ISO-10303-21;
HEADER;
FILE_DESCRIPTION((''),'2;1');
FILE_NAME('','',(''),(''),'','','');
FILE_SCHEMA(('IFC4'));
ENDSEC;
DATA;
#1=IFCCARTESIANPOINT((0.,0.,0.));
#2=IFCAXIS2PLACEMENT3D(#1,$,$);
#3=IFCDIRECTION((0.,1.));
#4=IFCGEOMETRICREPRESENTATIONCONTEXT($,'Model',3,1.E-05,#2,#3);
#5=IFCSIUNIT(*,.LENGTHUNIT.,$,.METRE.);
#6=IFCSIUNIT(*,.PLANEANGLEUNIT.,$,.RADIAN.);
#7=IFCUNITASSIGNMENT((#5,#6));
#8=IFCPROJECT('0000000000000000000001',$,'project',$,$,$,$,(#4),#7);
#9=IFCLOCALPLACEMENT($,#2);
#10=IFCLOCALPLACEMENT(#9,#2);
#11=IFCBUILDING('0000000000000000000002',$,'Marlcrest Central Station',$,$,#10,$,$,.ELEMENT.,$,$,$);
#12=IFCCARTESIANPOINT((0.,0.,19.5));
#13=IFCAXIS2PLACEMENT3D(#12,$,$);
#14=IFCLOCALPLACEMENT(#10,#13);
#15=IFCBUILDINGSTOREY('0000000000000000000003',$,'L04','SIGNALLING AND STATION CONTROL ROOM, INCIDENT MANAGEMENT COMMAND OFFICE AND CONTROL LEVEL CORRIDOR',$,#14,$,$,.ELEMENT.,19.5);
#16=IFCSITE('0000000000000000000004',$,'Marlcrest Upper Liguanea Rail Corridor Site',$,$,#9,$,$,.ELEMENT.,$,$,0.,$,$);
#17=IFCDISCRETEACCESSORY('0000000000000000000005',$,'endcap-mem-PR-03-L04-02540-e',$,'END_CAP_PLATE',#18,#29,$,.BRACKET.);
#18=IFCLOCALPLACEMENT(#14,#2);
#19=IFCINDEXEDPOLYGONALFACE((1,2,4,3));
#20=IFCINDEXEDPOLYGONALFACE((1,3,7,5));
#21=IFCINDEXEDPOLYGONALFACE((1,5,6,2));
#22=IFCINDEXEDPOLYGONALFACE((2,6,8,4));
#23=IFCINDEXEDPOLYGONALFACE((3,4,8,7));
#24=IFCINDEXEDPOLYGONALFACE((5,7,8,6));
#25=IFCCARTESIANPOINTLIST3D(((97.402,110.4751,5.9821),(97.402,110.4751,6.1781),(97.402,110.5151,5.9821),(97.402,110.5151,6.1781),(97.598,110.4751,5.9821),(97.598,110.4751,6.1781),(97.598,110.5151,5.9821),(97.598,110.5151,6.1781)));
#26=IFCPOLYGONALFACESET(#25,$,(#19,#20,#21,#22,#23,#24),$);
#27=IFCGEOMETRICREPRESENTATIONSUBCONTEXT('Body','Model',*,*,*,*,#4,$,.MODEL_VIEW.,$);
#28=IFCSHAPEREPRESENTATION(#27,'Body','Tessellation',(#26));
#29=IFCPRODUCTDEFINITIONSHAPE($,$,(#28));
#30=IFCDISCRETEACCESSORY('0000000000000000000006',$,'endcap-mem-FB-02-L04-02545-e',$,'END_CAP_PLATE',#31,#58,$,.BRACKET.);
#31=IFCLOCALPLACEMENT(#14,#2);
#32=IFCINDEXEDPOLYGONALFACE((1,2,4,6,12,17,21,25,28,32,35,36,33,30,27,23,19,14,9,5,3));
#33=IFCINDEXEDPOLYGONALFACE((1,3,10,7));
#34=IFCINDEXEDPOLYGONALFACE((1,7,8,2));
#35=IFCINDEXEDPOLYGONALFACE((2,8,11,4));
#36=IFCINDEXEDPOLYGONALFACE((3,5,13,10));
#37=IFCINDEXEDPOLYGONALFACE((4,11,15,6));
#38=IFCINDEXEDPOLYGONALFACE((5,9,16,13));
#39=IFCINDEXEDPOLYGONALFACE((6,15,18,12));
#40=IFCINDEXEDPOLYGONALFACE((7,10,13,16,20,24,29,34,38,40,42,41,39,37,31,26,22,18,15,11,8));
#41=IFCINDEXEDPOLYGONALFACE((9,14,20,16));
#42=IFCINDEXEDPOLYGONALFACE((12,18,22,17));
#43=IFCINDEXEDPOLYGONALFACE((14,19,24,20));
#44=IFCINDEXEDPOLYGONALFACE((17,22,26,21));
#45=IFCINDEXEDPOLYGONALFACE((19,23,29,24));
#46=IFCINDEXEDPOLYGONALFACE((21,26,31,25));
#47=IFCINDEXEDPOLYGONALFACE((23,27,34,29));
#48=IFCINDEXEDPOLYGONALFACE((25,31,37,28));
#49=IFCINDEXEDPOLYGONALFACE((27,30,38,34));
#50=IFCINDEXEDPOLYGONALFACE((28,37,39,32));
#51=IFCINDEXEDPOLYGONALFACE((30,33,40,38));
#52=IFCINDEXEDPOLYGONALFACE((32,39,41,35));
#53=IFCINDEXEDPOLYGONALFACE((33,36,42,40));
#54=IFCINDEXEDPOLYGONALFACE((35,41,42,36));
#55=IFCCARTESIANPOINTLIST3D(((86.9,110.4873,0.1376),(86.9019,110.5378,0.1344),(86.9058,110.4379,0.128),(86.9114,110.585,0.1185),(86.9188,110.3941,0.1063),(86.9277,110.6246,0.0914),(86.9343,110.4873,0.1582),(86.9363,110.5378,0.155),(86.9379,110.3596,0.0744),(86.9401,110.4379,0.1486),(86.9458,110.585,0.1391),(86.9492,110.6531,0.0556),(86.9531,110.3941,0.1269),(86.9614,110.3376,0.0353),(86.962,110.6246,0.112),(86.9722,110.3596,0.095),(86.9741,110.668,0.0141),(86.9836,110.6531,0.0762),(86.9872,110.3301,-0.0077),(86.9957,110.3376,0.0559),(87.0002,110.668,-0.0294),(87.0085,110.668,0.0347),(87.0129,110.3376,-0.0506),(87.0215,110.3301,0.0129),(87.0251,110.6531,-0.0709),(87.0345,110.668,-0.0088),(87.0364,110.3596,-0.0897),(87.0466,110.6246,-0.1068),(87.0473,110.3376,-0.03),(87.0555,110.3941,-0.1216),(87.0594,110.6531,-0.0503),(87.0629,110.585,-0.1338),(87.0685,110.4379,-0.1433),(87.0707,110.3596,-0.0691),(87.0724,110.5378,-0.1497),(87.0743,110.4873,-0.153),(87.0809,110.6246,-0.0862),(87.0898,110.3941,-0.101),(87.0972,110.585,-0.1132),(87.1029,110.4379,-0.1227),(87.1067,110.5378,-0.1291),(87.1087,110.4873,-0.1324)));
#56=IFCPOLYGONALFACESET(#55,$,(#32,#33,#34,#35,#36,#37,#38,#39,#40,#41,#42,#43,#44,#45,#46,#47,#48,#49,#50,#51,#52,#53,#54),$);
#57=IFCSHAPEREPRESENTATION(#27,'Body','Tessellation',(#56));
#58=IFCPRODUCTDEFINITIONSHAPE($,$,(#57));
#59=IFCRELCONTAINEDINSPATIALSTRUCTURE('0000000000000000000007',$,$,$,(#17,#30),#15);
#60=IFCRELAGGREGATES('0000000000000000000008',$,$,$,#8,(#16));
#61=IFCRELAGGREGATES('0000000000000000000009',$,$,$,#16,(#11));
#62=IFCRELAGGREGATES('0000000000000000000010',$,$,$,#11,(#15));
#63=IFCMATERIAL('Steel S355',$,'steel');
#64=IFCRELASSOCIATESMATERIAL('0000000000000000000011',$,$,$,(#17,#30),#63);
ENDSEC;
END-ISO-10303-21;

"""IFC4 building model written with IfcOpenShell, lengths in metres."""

from ifc_helpers import new_model, si_unit, direction, frame, origin, origin_2d, place, context, subcontext, project, spatial, rectangle, circle, extrude, material, element, save


model = new_model("IFC4")

# Units and contexts
model_context = context("Model", 3, precision=1e-05, world=origin(), true_north=direction((0.0, 1.0)))
body_context = subcontext(model_context, "Body", "Model", "MODEL_VIEW")
ifc_project = project(units=[si_unit("LENGTHUNIT", "METRE"), si_unit("PLANEANGLEUNIT", "RADIAN")], contexts=[model_context])

# Site, building, storey
site_placement = place(None, origin())
site = spatial("IfcSite", under=ifc_project, at=site_placement, Name="Marlcrest Upper Liguanea Rail Corridor Site", CompositionType="ELEMENT", RefElevation=0.0)
building_placement = place(site_placement, origin())
building = spatial("IfcBuilding", under=site, at=building_placement, Name="Marlcrest Central Station", CompositionType="ELEMENT")
storey_placement = place(building_placement, frame((0.0, 0.0, 19.5)))
storey = spatial("IfcBuildingStorey", under=building, at=storey_placement, Name="L04", Description="SIGNALLING AND STATION CONTROL ROOM, INCIDENT MANAGEMENT COMMAND OFFICE AND CONTROL LEVEL CORRIDOR", CompositionType="ELEMENT", Elevation=19.5)

# Discrete accessories
ifc_material_1 = material(Name="Steel S355", Category="steel")
discrete_accessory_1_placement = place(storey_placement, frame((97.5, 110.4751, 6.0801), z_axis=(0.0, 1.0, 0.0), x_axis=(-1.0, 0.0, 0.0)))
element("IfcDiscreteAccessory", 1, at=discrete_accessory_1_placement, inside=storey, material=ifc_material_1, Name="endcap-mem-PR-03-L04-02540-e", ObjectType="END_CAP_PLATE", PredefinedType="BRACKET", context=body_context, shape_type="SweptSolid", body=[
    extrude(rectangle(XDim=0.196, YDim=0.196, at=origin_2d()), origin(), (0.0, 0.0, 1.0), 0.04),
])
discrete_accessory_2_placement = place(storey_placement, frame((87.0215, 110.5, 0.0129), z_axis=(-0.857491, 0.0, -0.514499), x_axis=(0.0, -1.0, 0.0)))
element("IfcDiscreteAccessory", 2, at=discrete_accessory_2_placement, inside=storey, material=ifc_material_1, Name="endcap-mem-FB-02-L04-02545-e", ObjectType="END_CAP_PLATE", PredefinedType="BRACKET", context=body_context, shape_type="SweptSolid", body=[
    extrude(circle(Radius=0.1699, at=origin_2d()), origin(), (0.0, 0.0, 1.0), 0.04),
])

save(model, "model.ifc")
